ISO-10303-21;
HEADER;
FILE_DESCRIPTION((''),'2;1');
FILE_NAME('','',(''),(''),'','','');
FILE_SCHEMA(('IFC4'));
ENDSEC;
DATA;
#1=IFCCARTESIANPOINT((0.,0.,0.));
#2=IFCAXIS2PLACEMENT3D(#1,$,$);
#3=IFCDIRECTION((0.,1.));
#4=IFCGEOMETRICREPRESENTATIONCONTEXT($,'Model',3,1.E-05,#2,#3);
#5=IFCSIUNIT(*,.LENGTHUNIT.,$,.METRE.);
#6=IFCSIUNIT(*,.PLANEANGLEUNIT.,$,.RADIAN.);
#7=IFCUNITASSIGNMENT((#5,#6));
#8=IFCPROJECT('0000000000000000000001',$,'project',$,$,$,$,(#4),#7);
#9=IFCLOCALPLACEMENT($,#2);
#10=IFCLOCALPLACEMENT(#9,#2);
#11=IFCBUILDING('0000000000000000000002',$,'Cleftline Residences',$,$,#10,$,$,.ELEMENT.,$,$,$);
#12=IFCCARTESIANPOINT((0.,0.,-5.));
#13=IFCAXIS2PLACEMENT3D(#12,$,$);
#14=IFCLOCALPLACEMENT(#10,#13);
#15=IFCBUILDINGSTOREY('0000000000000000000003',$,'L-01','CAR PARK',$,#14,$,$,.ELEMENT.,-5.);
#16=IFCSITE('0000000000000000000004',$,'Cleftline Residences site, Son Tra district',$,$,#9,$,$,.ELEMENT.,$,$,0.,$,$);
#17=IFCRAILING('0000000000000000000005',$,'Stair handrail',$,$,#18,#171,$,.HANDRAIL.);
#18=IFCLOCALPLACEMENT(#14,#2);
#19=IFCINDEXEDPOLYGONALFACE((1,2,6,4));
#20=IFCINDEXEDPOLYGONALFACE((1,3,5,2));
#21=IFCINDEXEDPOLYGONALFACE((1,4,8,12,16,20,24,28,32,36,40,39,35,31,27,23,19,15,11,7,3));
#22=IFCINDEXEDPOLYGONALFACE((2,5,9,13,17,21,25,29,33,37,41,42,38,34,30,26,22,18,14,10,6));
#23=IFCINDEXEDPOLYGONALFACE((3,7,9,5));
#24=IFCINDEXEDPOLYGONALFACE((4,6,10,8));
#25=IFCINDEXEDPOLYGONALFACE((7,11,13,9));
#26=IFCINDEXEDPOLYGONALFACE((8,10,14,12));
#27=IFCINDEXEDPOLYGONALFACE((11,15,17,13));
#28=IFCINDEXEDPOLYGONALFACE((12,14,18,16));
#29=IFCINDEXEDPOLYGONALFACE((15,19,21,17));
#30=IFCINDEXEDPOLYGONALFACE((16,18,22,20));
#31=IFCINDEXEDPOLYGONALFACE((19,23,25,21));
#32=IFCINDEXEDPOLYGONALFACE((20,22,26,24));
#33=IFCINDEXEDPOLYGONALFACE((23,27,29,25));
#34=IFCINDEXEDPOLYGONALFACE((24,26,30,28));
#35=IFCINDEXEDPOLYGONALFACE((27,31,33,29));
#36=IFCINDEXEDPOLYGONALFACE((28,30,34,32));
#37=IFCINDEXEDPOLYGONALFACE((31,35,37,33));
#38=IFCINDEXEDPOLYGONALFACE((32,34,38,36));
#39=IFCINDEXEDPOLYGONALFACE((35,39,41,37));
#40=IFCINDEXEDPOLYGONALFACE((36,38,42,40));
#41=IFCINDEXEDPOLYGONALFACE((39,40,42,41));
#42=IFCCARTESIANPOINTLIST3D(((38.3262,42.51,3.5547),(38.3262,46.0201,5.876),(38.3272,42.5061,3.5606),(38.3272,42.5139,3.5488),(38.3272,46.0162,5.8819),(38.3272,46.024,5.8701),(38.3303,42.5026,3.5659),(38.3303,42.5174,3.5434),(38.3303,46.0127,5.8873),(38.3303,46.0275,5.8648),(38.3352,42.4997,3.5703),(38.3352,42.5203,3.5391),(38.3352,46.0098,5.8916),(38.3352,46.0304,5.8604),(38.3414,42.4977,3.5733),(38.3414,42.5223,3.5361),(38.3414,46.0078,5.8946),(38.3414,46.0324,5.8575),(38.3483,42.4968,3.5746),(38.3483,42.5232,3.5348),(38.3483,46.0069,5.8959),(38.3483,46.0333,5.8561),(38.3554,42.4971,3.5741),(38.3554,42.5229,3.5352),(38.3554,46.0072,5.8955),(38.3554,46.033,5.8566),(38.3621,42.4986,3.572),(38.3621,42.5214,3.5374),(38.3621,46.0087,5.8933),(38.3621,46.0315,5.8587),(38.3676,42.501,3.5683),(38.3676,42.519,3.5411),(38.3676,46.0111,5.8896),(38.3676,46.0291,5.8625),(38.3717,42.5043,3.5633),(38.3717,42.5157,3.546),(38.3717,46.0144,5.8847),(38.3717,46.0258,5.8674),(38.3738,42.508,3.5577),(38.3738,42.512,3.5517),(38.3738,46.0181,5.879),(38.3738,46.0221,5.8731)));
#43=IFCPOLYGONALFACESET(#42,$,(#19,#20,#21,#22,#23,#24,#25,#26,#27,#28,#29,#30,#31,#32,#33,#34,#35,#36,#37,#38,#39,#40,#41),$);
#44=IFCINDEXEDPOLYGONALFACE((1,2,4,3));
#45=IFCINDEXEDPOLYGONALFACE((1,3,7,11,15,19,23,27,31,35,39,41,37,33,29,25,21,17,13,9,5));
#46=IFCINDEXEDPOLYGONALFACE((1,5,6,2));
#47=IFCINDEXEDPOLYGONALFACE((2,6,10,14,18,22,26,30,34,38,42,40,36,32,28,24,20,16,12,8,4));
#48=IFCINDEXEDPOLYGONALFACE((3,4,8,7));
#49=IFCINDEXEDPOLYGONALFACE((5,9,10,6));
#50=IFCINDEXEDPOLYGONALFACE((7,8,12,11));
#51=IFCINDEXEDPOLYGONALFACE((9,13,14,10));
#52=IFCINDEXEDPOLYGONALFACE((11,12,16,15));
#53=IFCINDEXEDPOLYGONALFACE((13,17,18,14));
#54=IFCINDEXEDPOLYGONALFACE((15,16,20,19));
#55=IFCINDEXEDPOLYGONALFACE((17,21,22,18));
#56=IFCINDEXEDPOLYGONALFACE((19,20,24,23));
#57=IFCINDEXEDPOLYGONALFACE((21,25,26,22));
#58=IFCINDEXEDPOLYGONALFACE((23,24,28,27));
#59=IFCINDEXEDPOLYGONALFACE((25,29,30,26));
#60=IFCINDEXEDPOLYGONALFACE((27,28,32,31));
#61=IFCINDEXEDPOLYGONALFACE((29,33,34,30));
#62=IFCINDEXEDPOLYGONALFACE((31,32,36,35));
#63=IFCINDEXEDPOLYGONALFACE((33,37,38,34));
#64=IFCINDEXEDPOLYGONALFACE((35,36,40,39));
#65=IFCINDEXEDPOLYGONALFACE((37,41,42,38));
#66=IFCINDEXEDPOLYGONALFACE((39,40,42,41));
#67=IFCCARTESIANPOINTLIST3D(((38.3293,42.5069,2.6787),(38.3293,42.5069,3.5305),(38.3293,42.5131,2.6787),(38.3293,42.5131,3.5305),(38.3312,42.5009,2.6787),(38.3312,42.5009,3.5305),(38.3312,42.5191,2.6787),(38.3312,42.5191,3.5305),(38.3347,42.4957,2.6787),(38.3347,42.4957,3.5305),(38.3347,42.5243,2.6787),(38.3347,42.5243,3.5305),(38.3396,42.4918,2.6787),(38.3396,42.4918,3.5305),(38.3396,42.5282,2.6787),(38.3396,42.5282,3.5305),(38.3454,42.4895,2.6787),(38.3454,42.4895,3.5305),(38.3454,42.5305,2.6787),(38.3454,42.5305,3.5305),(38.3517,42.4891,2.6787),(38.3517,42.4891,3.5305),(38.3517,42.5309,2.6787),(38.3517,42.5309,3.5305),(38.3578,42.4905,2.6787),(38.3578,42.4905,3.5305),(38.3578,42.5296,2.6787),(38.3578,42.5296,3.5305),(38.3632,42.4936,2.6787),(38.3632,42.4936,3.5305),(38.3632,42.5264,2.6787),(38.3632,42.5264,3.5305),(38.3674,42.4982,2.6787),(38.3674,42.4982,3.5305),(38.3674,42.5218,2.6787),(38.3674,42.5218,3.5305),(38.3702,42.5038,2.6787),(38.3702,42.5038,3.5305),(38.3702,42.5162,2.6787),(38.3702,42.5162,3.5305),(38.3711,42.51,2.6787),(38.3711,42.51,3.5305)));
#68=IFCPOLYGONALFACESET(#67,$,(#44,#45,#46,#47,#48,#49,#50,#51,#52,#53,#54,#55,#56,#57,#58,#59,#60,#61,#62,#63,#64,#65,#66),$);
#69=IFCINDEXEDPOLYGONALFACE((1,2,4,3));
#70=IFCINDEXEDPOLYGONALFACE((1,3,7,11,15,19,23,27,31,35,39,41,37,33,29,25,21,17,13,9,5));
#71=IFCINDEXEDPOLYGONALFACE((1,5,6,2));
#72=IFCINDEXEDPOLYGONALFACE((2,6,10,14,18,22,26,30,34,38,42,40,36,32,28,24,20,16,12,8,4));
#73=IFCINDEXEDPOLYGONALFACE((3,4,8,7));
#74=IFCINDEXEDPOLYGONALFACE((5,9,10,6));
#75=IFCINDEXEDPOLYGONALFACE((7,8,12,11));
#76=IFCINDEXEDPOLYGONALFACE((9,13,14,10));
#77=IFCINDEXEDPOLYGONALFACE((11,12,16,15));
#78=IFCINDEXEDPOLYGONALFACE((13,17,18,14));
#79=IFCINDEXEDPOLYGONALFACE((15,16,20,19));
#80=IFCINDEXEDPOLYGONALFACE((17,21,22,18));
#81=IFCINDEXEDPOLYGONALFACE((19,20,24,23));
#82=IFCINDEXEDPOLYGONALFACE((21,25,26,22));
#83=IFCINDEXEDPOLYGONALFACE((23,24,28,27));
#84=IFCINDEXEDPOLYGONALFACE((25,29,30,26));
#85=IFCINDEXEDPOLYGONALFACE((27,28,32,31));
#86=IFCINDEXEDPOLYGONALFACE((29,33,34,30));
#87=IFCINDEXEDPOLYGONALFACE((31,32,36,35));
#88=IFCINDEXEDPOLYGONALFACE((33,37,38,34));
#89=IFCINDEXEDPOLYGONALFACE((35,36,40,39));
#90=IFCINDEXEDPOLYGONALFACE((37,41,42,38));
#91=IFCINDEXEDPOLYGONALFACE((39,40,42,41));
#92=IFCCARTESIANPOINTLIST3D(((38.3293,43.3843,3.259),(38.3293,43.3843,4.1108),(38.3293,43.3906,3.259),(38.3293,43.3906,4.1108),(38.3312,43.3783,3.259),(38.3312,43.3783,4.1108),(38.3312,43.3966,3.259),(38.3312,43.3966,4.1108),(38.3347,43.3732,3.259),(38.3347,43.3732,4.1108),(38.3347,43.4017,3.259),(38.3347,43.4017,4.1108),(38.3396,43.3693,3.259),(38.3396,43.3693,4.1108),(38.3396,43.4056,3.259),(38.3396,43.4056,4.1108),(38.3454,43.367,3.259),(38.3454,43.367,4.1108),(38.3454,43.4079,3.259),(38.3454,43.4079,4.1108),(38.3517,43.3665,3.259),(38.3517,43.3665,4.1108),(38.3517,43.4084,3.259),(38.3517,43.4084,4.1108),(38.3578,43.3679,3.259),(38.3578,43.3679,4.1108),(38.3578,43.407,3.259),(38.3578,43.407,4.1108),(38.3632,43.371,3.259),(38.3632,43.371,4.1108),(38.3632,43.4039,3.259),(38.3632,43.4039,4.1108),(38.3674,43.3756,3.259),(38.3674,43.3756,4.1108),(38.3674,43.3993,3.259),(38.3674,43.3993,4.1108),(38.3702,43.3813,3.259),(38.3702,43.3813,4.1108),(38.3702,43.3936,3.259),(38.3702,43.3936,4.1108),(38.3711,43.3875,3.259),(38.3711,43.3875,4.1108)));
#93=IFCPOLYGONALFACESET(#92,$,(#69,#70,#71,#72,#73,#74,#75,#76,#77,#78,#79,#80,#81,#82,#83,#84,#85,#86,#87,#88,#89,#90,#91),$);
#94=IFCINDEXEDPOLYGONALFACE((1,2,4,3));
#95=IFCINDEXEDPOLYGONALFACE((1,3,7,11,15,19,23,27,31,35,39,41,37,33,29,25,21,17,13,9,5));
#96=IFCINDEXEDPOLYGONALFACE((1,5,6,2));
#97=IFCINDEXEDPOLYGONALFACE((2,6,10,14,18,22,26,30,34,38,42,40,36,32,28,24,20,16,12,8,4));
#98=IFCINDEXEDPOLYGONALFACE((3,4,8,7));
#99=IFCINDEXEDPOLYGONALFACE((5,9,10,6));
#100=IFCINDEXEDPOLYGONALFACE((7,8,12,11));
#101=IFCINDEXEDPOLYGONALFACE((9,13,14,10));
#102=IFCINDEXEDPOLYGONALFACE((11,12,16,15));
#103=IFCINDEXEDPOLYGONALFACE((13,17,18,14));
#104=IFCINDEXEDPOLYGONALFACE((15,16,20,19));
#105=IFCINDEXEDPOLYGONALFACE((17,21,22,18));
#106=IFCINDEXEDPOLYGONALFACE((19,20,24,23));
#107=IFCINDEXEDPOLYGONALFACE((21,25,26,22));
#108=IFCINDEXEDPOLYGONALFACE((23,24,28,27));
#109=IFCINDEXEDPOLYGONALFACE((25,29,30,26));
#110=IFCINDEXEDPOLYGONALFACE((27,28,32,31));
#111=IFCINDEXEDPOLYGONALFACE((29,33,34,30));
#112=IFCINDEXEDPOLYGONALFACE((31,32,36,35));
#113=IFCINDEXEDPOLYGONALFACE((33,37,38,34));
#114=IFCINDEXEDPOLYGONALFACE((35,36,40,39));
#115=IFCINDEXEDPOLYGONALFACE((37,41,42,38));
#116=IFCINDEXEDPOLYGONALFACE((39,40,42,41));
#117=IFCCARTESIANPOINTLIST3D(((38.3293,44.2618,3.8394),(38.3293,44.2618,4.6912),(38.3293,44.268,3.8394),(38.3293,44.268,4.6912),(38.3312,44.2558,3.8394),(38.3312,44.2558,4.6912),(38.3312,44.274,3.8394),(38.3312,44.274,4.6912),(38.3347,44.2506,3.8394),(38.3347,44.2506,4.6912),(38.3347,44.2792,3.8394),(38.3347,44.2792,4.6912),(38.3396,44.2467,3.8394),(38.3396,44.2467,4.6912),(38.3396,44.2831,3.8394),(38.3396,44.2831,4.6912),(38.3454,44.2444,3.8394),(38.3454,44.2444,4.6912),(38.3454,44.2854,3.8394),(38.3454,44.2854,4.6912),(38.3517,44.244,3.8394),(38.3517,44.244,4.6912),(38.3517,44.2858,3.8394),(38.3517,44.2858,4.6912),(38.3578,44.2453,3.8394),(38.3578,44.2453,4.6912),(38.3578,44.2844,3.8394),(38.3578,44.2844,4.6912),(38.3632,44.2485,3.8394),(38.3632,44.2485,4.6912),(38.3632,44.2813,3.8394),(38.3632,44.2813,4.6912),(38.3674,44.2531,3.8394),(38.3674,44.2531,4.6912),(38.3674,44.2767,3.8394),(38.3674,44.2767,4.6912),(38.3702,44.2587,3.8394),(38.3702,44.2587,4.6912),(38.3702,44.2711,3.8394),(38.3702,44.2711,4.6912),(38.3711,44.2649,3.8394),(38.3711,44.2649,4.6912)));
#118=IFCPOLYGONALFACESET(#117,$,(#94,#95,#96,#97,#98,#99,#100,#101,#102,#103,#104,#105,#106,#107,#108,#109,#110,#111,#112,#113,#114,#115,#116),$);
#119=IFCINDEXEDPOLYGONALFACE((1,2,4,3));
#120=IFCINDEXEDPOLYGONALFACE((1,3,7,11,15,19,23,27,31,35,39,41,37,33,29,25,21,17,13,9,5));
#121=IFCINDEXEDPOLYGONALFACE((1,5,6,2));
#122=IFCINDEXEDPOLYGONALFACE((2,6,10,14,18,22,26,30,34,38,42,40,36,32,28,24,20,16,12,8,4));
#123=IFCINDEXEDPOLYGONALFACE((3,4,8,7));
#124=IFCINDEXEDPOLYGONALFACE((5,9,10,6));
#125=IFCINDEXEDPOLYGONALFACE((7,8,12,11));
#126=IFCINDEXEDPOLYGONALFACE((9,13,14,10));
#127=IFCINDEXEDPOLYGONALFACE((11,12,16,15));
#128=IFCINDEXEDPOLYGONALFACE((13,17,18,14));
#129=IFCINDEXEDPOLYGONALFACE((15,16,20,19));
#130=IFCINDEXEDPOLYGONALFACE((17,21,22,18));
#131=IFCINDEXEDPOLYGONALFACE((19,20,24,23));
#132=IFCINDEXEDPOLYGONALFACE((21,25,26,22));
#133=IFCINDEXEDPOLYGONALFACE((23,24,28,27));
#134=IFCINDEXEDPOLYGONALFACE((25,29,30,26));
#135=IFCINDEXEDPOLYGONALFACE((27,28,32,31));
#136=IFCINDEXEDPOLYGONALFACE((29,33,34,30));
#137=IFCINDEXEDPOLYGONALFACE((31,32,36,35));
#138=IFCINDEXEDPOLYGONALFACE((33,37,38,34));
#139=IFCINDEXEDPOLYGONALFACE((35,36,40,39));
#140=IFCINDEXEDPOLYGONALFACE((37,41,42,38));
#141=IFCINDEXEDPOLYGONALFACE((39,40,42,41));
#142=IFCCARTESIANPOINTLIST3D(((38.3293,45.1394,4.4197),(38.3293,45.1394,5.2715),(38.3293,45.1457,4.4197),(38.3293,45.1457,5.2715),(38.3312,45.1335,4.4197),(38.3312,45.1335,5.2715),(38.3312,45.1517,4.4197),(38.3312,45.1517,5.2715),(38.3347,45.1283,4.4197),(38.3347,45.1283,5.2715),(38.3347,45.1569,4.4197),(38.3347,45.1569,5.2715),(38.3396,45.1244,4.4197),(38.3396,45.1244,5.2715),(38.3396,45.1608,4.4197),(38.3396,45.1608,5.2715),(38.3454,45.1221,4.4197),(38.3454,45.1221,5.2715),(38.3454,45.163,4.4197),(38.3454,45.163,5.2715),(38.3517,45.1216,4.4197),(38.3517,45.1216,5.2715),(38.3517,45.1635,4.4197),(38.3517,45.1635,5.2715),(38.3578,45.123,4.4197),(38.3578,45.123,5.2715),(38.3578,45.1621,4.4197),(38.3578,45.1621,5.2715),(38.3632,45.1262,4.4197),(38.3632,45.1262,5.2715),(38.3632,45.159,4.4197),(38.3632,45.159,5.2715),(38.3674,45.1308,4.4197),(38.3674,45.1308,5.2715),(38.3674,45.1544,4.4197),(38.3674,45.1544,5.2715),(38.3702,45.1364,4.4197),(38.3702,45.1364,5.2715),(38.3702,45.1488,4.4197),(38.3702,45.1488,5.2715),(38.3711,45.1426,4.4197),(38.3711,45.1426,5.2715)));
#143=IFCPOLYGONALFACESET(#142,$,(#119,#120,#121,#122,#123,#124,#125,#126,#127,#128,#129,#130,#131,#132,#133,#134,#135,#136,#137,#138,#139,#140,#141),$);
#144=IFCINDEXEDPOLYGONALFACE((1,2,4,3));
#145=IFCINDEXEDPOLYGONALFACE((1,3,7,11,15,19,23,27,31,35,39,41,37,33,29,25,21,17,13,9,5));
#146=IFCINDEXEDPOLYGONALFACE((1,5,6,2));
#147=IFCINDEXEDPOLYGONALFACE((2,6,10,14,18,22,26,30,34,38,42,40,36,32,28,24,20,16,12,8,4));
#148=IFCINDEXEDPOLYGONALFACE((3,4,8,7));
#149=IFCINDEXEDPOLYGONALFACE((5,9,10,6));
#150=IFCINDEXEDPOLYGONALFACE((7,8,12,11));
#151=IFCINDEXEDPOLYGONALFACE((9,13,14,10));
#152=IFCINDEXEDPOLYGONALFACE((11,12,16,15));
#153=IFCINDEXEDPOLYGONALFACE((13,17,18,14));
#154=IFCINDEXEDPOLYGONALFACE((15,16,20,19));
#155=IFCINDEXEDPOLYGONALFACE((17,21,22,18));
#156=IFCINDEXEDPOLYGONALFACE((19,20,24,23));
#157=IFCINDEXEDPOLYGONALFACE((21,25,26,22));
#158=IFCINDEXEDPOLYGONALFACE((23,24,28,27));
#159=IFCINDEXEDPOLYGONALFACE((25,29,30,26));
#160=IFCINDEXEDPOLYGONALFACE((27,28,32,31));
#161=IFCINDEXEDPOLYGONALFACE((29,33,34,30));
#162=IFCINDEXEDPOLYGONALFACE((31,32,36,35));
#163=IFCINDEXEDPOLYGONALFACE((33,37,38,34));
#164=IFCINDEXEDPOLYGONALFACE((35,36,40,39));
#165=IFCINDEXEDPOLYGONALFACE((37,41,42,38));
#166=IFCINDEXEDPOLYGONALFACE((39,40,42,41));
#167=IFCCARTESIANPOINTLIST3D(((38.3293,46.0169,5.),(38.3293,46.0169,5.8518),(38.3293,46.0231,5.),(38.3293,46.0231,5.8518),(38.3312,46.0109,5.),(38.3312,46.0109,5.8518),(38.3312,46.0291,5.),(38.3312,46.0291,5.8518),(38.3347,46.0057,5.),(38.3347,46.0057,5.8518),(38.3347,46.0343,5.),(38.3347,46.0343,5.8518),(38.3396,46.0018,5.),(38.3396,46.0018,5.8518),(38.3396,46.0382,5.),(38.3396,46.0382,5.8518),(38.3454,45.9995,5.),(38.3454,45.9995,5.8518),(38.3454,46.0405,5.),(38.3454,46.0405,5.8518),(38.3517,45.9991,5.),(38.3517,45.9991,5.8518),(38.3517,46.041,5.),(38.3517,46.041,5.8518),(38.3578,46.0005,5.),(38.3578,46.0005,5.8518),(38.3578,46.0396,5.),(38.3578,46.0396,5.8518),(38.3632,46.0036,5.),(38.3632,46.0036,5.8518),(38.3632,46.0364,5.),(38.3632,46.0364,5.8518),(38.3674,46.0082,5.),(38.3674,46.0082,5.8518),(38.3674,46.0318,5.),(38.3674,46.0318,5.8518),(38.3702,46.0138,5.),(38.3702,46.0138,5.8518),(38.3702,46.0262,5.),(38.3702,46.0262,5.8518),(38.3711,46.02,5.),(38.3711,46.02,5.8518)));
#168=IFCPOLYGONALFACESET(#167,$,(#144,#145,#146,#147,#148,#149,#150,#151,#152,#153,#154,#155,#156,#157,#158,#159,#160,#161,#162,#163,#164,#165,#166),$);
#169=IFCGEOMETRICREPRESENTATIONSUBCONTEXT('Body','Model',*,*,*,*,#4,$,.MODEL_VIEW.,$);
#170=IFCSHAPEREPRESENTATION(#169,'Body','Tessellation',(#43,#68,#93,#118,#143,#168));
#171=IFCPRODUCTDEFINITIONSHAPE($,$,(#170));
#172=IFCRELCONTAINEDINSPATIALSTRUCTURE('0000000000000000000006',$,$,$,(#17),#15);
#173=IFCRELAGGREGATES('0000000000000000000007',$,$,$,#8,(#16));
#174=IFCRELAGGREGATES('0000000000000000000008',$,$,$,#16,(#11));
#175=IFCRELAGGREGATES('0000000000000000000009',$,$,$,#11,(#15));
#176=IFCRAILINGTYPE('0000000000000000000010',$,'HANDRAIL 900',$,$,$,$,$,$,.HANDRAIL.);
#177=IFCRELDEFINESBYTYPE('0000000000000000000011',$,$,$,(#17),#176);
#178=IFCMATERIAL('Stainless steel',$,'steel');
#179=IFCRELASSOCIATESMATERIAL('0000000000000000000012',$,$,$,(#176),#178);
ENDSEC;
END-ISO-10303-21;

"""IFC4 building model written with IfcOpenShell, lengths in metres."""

from ifc_helpers import new_model, si_unit, direction, frame, origin, origin_2d, place, context, subcontext, project, spatial, circle, extrude, material, type_object, element, save


model = new_model("IFC4")

# Units and contexts
model_context = context("Model", 3, precision=1e-05, world=origin(), true_north=direction((0.0, 1.0)))
body_context = subcontext(model_context, "Body", "Model", "MODEL_VIEW")
ifc_project = project(units=[si_unit("LENGTHUNIT", "METRE"), si_unit("PLANEANGLEUNIT", "RADIAN")], contexts=[model_context])

# Site, building, storey
site_placement = place(None, origin())
site = spatial("IfcSite", under=ifc_project, at=site_placement, Name="Cleftline Residences site, Son Tra district", CompositionType="ELEMENT", RefElevation=0.0)
building_placement = place(site_placement, origin())
building = spatial("IfcBuilding", under=site, at=building_placement, Name="Cleftline Residences", CompositionType="ELEMENT")
storey_placement = place(building_placement, frame((0.0, 0.0, -5.0)))
storey = spatial("IfcBuildingStorey", under=building, at=storey_placement, Name="L-01", Description="CAR PARK", CompositionType="ELEMENT", Elevation=-5.0)

# Railing
ifc_material_1 = material(Name="Stainless steel", Category="steel")
railing_type = type_object("IfcRailingType", Name="HANDRAIL 900", PredefinedType="HANDRAIL", material=ifc_material_1)
railing_1_placement = place(storey_placement, frame((38.3501, 42.51, 2.6787)))
element("IfcRailing", 1, at=railing_1_placement, inside=storey, type_object=railing_type, Name="Stair handrail", PredefinedType="HANDRAIL", context=body_context, shape_type="SweptSolid", body=[
    extrude(circle(Radius=0.0239, at=origin_2d()), frame((0.0, 0.0, 0.876), z_axis=(0.0, 0.834097, 0.551617), x_axis=(-1.0, 0.0, 0.0)), (0.0, 0.0, 1.0), 4.2083),
    extrude(circle(Radius=0.021, at=origin_2d()), origin(), (0.0, 0.0, 1.0), 0.8518),
    extrude(circle(Radius=0.021, at=origin_2d()), frame((0.0, 0.8774, 0.5803)), (0.0, 0.0, 1.0), 0.8518),
    extrude(circle(Radius=0.021, at=origin_2d()), frame((0.0, 1.7549, 1.1606)), (0.0, 0.0, 1.0), 0.8518),
    extrude(circle(Radius=0.021, at=origin_2d()), frame((0.0, 2.6326, 1.741)), (0.0, 0.0, 1.0), 0.8518),
    extrude(circle(Radius=0.021, at=origin_2d()), frame((0.0, 3.51, 2.3213)), (0.0, 0.0, 1.0), 0.8518),
])

save(model, "model.ifc")
